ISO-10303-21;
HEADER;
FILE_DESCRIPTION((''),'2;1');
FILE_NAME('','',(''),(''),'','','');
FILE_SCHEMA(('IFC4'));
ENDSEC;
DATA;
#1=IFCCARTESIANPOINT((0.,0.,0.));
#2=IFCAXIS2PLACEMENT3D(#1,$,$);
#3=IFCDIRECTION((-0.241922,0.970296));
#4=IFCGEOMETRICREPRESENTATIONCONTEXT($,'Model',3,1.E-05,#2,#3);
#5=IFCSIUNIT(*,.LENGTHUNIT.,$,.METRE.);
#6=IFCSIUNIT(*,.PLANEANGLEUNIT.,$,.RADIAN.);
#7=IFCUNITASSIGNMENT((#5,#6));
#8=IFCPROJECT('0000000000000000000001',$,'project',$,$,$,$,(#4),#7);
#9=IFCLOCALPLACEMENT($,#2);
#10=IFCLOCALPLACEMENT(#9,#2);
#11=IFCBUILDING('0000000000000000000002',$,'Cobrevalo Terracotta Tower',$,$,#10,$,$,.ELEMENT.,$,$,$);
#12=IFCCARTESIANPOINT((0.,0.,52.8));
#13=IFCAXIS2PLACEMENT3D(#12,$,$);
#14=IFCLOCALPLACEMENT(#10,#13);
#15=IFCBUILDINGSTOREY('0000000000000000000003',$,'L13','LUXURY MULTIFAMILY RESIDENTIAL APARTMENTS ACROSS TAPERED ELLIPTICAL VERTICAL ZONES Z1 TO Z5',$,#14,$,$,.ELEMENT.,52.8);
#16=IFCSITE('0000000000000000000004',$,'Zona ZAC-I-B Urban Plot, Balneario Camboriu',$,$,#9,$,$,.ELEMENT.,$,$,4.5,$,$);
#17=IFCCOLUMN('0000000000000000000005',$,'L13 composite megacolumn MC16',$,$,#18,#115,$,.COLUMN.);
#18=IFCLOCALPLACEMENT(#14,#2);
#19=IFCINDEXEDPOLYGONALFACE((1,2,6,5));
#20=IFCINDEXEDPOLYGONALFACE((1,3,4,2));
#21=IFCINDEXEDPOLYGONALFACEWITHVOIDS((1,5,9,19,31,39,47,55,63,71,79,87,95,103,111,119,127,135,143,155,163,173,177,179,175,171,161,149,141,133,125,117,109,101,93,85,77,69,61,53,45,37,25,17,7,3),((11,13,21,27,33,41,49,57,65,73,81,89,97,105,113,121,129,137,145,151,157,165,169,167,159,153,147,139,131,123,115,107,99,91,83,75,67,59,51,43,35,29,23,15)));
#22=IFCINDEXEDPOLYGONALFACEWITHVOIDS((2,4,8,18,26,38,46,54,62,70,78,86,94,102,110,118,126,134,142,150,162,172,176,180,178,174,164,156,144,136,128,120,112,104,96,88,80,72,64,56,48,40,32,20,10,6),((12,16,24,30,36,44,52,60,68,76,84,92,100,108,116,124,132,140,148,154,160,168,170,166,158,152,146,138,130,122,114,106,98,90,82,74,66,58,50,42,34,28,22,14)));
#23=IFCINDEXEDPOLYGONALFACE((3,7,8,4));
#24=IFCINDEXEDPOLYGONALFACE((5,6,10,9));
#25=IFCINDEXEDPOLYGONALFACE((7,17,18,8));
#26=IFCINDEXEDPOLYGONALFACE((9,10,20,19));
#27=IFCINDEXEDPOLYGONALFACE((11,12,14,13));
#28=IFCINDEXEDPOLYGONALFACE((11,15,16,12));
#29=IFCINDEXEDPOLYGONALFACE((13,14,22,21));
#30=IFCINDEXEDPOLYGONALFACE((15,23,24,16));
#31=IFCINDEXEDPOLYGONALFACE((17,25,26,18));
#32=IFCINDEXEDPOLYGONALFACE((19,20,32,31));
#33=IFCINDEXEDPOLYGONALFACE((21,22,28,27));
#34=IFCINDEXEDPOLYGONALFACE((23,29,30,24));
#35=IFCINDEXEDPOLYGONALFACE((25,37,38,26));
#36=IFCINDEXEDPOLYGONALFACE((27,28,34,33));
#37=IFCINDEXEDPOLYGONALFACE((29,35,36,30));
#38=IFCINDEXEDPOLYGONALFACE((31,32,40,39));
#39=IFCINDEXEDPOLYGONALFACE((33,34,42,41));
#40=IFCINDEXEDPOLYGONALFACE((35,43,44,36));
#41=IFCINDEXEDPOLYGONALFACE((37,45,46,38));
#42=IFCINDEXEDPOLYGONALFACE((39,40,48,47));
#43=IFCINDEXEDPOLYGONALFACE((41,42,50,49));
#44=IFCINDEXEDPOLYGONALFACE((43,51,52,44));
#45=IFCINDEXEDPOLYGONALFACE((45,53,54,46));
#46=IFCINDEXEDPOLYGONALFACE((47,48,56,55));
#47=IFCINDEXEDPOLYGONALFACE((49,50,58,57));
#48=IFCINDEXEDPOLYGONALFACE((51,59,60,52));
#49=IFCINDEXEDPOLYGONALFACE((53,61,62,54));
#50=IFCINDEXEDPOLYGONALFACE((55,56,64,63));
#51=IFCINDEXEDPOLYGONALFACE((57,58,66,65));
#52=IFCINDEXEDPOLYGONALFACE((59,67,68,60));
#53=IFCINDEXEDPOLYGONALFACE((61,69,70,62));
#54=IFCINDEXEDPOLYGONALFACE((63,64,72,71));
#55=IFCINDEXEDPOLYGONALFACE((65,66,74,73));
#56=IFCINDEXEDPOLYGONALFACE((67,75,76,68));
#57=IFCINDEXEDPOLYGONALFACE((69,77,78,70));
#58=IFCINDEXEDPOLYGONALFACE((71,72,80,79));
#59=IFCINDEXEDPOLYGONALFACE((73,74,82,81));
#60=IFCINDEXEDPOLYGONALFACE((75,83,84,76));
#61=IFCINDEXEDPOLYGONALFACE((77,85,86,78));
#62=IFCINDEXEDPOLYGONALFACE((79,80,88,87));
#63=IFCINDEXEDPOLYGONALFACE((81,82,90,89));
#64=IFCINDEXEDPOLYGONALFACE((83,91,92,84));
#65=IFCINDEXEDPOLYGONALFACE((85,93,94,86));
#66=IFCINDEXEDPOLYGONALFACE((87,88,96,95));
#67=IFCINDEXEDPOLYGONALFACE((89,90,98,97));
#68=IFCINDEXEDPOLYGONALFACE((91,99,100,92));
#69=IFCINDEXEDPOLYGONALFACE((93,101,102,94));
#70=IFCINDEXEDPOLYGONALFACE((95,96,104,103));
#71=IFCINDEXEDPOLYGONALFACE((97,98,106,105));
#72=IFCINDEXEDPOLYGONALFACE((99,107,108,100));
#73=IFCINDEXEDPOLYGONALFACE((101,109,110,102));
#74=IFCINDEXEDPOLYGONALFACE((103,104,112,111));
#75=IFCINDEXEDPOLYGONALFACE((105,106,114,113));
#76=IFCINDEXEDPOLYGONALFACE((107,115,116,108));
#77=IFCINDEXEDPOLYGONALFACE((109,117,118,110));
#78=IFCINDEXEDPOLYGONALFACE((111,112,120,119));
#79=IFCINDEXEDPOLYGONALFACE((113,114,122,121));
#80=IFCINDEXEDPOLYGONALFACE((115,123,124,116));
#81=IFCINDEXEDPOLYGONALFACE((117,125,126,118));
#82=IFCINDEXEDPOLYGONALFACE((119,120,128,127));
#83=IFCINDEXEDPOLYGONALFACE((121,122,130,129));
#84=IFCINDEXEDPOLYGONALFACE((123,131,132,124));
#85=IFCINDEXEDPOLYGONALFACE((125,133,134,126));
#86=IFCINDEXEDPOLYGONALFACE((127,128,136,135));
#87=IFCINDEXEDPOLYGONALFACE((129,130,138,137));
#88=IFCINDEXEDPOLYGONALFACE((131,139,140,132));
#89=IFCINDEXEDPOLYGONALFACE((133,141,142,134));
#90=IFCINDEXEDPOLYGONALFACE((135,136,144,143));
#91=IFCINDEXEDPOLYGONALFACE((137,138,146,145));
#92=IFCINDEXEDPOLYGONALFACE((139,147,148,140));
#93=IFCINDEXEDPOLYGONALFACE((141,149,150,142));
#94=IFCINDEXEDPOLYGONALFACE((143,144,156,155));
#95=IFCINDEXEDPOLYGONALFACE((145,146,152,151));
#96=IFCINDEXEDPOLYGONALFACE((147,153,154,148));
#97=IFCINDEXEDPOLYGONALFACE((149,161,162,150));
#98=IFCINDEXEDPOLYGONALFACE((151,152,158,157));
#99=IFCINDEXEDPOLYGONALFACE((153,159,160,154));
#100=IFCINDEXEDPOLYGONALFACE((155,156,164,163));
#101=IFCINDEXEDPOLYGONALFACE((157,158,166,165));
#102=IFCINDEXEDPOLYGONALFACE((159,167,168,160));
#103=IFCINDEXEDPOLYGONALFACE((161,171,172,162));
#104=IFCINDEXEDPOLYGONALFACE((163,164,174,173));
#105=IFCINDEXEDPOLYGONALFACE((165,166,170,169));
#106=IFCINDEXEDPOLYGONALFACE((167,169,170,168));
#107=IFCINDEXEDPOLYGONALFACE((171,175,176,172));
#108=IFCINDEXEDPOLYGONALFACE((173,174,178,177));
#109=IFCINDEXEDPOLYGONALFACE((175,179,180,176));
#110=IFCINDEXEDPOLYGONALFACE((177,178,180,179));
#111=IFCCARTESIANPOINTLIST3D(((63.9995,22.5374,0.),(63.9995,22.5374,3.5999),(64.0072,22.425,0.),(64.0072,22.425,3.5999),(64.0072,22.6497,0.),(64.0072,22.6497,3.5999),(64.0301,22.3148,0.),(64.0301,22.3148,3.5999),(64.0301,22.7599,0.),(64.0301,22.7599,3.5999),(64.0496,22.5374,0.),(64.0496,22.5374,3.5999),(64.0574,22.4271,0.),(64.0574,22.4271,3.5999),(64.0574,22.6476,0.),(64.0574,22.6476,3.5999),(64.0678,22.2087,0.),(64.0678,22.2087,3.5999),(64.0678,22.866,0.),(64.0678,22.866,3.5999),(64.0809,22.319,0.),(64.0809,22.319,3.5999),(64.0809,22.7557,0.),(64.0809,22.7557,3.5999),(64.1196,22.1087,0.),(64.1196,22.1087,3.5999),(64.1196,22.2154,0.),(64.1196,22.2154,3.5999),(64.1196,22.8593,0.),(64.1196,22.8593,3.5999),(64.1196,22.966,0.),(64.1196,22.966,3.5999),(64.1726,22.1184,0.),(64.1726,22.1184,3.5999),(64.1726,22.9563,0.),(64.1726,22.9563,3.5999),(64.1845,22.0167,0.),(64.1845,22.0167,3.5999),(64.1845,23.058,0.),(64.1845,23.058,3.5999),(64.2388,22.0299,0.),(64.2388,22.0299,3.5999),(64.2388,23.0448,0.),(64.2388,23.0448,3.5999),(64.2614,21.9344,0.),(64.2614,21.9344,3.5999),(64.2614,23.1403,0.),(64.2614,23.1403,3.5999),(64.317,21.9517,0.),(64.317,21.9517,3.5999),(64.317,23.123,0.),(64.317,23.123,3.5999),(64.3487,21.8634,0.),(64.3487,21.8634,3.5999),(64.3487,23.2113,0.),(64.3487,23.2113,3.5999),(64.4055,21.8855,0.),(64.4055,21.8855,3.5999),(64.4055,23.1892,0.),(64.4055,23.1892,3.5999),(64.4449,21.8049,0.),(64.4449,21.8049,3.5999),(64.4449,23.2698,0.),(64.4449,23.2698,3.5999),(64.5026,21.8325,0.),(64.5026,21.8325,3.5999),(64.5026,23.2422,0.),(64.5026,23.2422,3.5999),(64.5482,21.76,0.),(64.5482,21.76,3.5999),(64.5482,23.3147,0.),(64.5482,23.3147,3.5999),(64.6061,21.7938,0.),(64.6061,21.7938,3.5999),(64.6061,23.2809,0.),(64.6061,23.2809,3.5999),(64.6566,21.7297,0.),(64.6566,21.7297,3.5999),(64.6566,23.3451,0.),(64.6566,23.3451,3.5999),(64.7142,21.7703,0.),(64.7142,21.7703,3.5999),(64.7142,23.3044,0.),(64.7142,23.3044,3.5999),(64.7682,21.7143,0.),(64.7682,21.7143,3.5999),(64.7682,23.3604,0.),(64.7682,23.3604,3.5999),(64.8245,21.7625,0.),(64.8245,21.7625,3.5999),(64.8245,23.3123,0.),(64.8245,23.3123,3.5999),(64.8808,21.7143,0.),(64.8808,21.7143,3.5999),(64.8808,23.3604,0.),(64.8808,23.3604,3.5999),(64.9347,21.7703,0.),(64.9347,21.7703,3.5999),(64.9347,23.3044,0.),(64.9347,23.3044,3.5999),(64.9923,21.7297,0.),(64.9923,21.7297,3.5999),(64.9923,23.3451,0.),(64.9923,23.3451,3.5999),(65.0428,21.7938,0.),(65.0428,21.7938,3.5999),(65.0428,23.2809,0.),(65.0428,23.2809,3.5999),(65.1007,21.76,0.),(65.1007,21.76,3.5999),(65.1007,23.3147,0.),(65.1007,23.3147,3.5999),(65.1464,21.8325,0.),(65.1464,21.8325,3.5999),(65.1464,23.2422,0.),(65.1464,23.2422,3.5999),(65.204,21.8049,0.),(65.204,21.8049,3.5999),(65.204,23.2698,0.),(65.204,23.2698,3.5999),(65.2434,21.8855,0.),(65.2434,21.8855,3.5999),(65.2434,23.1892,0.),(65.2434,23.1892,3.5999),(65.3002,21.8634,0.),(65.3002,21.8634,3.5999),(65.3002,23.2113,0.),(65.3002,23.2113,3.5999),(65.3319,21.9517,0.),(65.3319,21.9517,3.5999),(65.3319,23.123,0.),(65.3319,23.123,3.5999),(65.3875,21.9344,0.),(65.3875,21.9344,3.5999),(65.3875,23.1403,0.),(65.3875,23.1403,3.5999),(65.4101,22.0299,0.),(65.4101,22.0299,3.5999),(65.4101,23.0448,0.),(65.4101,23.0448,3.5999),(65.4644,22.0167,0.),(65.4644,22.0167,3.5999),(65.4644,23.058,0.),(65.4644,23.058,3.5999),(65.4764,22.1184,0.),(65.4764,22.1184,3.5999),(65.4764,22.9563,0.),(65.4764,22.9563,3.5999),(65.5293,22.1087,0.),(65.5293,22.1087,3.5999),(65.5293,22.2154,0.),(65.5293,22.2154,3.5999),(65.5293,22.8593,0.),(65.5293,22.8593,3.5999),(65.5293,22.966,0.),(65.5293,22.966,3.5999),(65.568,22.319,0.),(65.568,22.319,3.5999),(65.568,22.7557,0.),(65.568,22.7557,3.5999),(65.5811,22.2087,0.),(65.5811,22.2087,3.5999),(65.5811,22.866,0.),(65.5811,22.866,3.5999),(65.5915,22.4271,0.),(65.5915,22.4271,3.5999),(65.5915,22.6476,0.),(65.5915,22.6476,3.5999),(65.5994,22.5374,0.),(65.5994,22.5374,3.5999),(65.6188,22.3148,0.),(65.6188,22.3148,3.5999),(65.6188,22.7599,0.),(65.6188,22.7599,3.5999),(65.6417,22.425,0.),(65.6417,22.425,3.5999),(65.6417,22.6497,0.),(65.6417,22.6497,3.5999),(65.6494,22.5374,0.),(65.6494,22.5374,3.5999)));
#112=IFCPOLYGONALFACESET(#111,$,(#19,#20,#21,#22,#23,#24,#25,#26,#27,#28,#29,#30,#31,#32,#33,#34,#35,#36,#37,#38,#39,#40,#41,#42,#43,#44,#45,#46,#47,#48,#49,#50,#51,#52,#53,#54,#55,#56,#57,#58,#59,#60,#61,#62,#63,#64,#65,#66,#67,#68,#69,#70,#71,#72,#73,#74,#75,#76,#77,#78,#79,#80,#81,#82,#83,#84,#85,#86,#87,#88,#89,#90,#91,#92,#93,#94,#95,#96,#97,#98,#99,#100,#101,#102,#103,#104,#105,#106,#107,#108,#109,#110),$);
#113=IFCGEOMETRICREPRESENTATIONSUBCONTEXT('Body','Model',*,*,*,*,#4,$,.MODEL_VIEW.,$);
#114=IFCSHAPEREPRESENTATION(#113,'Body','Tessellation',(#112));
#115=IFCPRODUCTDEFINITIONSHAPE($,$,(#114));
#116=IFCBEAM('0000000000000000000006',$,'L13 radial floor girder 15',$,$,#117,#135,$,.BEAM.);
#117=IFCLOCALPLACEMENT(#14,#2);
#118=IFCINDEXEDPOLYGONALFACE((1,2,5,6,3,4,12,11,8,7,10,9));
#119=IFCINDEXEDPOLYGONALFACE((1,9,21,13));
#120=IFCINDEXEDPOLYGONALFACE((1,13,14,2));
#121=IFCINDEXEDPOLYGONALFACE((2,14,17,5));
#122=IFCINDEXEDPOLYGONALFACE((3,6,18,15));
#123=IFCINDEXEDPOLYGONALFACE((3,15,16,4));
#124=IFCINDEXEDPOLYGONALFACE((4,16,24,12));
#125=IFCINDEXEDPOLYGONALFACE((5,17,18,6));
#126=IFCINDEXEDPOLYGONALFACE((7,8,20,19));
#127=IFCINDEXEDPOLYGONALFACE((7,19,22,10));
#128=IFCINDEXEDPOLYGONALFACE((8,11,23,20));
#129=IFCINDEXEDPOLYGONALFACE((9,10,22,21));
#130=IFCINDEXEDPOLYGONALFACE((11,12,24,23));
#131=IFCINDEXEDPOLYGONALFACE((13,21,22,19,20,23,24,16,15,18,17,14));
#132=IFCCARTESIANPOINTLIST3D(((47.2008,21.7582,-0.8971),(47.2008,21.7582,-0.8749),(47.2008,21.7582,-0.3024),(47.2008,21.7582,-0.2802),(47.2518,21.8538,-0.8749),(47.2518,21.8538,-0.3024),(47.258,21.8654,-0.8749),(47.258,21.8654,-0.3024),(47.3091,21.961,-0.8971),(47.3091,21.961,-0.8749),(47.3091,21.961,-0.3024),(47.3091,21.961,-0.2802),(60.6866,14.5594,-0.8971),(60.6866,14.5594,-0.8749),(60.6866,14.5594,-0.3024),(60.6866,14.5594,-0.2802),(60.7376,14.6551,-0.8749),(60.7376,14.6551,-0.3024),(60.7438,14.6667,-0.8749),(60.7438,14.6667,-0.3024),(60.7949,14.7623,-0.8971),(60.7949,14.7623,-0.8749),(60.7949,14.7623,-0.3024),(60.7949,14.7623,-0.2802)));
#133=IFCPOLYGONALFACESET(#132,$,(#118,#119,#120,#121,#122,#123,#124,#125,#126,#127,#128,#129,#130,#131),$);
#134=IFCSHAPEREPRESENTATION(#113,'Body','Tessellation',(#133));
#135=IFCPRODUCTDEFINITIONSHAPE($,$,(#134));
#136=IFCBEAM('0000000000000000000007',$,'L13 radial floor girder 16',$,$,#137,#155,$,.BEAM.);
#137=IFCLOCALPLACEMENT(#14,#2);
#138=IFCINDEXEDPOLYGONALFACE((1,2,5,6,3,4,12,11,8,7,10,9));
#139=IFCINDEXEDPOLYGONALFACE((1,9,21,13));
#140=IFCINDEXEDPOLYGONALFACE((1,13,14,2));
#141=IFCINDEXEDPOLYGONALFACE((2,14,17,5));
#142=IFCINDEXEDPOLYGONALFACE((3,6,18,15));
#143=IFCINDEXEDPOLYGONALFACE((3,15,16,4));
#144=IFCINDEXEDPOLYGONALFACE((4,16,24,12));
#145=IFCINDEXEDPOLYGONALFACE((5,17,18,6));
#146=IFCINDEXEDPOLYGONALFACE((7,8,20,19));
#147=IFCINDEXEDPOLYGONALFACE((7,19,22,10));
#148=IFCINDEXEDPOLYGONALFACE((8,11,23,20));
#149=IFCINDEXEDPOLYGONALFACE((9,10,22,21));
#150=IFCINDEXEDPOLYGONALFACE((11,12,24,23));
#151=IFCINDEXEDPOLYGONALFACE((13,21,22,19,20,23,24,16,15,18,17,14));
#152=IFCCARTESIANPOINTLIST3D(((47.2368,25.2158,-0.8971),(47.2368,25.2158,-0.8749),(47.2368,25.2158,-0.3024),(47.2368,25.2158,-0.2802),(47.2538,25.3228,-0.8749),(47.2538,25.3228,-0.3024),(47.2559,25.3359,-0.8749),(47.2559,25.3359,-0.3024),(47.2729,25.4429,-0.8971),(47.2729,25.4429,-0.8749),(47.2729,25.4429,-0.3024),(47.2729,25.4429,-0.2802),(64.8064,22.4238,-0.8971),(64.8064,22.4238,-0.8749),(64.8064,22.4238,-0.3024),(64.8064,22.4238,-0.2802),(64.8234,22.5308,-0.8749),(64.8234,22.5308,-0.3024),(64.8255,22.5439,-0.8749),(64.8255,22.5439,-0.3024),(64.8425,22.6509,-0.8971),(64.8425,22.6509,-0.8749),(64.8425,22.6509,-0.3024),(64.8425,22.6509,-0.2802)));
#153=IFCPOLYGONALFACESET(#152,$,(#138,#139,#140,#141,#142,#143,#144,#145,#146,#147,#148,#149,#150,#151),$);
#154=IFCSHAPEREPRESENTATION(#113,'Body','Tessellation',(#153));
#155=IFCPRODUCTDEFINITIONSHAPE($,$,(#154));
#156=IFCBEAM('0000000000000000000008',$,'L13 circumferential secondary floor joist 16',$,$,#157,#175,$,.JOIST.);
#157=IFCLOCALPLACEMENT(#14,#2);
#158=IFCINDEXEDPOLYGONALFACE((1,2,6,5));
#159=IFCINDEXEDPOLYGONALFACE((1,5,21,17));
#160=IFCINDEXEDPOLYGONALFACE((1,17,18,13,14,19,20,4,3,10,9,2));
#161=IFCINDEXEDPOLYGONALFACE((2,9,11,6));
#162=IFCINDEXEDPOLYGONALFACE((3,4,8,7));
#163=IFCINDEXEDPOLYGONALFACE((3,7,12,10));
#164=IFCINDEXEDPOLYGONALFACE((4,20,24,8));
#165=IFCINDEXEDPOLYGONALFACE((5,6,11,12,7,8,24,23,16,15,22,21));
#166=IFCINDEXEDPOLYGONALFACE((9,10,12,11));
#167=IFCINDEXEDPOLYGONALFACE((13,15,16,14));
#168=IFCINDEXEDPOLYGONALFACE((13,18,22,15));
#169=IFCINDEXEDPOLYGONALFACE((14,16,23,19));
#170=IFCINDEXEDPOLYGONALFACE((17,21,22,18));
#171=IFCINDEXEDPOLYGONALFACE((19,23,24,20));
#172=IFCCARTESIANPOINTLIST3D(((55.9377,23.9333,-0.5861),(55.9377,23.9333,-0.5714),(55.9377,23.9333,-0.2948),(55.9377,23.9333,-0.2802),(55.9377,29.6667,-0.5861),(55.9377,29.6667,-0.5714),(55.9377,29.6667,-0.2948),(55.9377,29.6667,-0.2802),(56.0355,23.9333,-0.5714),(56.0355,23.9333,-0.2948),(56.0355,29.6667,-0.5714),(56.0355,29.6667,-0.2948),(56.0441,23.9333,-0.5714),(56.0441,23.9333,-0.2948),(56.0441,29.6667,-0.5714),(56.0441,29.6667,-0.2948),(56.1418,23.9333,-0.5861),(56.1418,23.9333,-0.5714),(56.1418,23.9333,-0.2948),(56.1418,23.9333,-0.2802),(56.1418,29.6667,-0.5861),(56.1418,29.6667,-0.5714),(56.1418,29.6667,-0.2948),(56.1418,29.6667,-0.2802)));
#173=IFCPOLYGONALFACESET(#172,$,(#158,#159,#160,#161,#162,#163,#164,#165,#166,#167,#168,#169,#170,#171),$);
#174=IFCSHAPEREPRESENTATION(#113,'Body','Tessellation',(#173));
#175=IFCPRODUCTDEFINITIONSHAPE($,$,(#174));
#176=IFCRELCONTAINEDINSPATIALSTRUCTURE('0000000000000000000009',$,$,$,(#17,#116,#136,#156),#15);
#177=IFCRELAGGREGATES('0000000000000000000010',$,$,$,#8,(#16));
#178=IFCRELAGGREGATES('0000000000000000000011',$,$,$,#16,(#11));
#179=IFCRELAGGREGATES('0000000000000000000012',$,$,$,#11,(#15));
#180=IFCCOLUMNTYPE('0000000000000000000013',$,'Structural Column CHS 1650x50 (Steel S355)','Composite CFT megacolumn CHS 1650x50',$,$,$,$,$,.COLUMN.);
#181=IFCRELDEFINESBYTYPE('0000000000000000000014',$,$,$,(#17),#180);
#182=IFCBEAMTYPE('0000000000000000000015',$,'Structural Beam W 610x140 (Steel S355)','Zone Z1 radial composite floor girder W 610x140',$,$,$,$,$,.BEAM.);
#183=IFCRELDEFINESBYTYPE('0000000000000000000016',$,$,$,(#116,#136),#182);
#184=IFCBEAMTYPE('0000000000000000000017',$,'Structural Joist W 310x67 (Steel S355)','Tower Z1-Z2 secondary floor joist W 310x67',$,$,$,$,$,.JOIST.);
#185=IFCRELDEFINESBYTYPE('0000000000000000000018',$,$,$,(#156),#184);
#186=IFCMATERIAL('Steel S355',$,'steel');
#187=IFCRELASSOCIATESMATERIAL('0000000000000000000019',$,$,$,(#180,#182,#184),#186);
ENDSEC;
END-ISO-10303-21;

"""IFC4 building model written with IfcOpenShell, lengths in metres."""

from ifc_helpers import new_model, si_unit, direction, frame, origin, origin_2d, place, context, subcontext, project, spatial, hollow_circle, i_section, extrude, material, material_profile, profile_set, type_object, element, save


model = new_model("IFC4")

# Units and contexts
model_context = context("Model", 3, precision=1e-05, world=origin(), true_north=direction((-0.241922, 0.970296)))
body_context = subcontext(model_context, "Body", "Model", "MODEL_VIEW")
ifc_project = project(units=[si_unit("LENGTHUNIT", "METRE"), si_unit("PLANEANGLEUNIT", "RADIAN")], contexts=[model_context])

# Site, building, storey
site_placement = place(None, origin())
site = spatial("IfcSite", under=ifc_project, at=site_placement, Name="Zona ZAC-I-B Urban Plot, Balneario Camboriu", CompositionType="ELEMENT", RefElevation=4.5)
building_placement = place(site_placement, origin())
building = spatial("IfcBuilding", under=site, at=building_placement, Name="Cobrevalo Terracotta Tower", CompositionType="ELEMENT")
storey_placement = place(building_placement, frame((0.0, 0.0, 52.8)))
storey = spatial("IfcBuildingStorey", under=building, at=storey_placement, Name="L13", Description="LUXURY MULTIFAMILY RESIDENTIAL APARTMENTS ACROSS TAPERED ELLIPTICAL VERTICAL ZONES Z1 TO Z5", CompositionType="ELEMENT", Elevation=52.8)

# Column
ifc_material_1 = material(Name="Steel S355", Category="steel")
ifc_material_profile_1 = material_profile(ifc_material_1, hollow_circle(Radius=0.825, WallThickness=0.05, at=origin_2d()), Name="CHS 1650x50")
ifc_profile_set_1 = profile_set([ifc_material_profile_1], Name="Steel S355")
column_type = type_object("IfcColumnType", Name="Structural Column CHS 1650x50 (Steel S355)", Description="Composite CFT megacolumn CHS 1650x50", PredefinedType="COLUMN", material=ifc_profile_set_1)
for number, where, z_axis, x_axis, name in (
    (1, (64.8245, 22.5374, 0.0), (0.0, 0.0, 1.0), (1.0, 0.0, 0.0), "L13 composite megacolumn MC16"),
):
    element("IfcColumn", number, at=place(storey_placement, frame(where, z_axis=z_axis, x_axis=x_axis)), inside=storey, type_object=column_type, Name=name, PredefinedType="COLUMN", context=body_context, shape_type="SweptSolid", body=[
        extrude(hollow_circle(Radius=0.825, WallThickness=0.05, at=origin_2d()), origin(), (0.0, 0.0, 1.0), 3.5999),
    ])

# Beams
ifc_material_profile_2 = material_profile(ifc_material_1, i_section(OverallWidth=0.23, OverallDepth=0.6169, WebThickness=0.0132, FlangeThickness=0.0222, at=origin_2d()), Name="W 610x140")
ifc_profile_set_2 = profile_set([ifc_material_profile_2], Name="Steel S355")
beam_type_1 = type_object("IfcBeamType", Name="Structural Beam W 610x140 (Steel S355)", Description="Zone Z1 radial composite floor girder W 610x140", PredefinedType="BEAM", material=ifc_profile_set_2)
beam_1_placement = place(storey_placement, frame((60.7407, 14.6609, -0.5886), z_axis=(-0.882182, 0.470908, 0.0), x_axis=(-0.470908, -0.882182, 0.0)))
element("IfcBeam", 2, at=beam_1_placement, inside=storey, type_object=beam_type_1, Name="L13 radial floor girder 15", PredefinedType="BEAM", context=body_context, shape_type="SweptSolid", body=[
    extrude(i_section(OverallWidth=0.23, OverallDepth=0.6169, WebThickness=0.0132, FlangeThickness=0.0222, at=origin_2d()), origin(), (0.0, 0.0, 1.0), 15.2869),
])
beam_2_placement = place(storey_placement, frame((64.8245, 22.5374, -0.5886), z_axis=(-0.987608, 0.156941, 0.0), x_axis=(-0.156941, -0.987608, 0.0)))
element("IfcBeam", 3, at=beam_2_placement, inside=storey, type_object=beam_type_1, Name="L13 radial floor girder 16", PredefinedType="BEAM", context=body_context, shape_type="SweptSolid", body=[
    extrude(i_section(OverallWidth=0.23, OverallDepth=0.6169, WebThickness=0.0132, FlangeThickness=0.0222, at=origin_2d()), origin(), (0.0, 0.0, 1.0), 17.79),
])
ifc_material_profile_3 = material_profile(ifc_material_1, i_section(OverallWidth=0.2041, OverallDepth=0.3059, WebThickness=0.0085, FlangeThickness=0.0146, at=origin_2d()), Name="W 310x67")
ifc_profile_set_3 = profile_set([ifc_material_profile_3], Name="Steel S355")
beam_type_2 = type_object("IfcBeamType", Name="Structural Joist W 310x67 (Steel S355)", Description="Tower Z1-Z2 secondary floor joist W 310x67", PredefinedType="JOIST", material=ifc_profile_set_3)
beam_3_placement = place(storey_placement, frame((56.0398, 23.9333, -0.4331), z_axis=(0.0, 1.0, 0.0), x_axis=(-1.0, 0.0, 0.0)))
element("IfcBeam", 4, at=beam_3_placement, inside=storey, type_object=beam_type_2, Name="L13 circumferential secondary floor joist 16", PredefinedType="JOIST", context=body_context, shape_type="SweptSolid", body=[
    extrude(i_section(OverallWidth=0.2041, OverallDepth=0.3059, WebThickness=0.0085, FlangeThickness=0.0146, at=origin_2d()), origin(), (0.0, 0.0, 1.0), 5.7334),
])

save(model, "model.ifc")
